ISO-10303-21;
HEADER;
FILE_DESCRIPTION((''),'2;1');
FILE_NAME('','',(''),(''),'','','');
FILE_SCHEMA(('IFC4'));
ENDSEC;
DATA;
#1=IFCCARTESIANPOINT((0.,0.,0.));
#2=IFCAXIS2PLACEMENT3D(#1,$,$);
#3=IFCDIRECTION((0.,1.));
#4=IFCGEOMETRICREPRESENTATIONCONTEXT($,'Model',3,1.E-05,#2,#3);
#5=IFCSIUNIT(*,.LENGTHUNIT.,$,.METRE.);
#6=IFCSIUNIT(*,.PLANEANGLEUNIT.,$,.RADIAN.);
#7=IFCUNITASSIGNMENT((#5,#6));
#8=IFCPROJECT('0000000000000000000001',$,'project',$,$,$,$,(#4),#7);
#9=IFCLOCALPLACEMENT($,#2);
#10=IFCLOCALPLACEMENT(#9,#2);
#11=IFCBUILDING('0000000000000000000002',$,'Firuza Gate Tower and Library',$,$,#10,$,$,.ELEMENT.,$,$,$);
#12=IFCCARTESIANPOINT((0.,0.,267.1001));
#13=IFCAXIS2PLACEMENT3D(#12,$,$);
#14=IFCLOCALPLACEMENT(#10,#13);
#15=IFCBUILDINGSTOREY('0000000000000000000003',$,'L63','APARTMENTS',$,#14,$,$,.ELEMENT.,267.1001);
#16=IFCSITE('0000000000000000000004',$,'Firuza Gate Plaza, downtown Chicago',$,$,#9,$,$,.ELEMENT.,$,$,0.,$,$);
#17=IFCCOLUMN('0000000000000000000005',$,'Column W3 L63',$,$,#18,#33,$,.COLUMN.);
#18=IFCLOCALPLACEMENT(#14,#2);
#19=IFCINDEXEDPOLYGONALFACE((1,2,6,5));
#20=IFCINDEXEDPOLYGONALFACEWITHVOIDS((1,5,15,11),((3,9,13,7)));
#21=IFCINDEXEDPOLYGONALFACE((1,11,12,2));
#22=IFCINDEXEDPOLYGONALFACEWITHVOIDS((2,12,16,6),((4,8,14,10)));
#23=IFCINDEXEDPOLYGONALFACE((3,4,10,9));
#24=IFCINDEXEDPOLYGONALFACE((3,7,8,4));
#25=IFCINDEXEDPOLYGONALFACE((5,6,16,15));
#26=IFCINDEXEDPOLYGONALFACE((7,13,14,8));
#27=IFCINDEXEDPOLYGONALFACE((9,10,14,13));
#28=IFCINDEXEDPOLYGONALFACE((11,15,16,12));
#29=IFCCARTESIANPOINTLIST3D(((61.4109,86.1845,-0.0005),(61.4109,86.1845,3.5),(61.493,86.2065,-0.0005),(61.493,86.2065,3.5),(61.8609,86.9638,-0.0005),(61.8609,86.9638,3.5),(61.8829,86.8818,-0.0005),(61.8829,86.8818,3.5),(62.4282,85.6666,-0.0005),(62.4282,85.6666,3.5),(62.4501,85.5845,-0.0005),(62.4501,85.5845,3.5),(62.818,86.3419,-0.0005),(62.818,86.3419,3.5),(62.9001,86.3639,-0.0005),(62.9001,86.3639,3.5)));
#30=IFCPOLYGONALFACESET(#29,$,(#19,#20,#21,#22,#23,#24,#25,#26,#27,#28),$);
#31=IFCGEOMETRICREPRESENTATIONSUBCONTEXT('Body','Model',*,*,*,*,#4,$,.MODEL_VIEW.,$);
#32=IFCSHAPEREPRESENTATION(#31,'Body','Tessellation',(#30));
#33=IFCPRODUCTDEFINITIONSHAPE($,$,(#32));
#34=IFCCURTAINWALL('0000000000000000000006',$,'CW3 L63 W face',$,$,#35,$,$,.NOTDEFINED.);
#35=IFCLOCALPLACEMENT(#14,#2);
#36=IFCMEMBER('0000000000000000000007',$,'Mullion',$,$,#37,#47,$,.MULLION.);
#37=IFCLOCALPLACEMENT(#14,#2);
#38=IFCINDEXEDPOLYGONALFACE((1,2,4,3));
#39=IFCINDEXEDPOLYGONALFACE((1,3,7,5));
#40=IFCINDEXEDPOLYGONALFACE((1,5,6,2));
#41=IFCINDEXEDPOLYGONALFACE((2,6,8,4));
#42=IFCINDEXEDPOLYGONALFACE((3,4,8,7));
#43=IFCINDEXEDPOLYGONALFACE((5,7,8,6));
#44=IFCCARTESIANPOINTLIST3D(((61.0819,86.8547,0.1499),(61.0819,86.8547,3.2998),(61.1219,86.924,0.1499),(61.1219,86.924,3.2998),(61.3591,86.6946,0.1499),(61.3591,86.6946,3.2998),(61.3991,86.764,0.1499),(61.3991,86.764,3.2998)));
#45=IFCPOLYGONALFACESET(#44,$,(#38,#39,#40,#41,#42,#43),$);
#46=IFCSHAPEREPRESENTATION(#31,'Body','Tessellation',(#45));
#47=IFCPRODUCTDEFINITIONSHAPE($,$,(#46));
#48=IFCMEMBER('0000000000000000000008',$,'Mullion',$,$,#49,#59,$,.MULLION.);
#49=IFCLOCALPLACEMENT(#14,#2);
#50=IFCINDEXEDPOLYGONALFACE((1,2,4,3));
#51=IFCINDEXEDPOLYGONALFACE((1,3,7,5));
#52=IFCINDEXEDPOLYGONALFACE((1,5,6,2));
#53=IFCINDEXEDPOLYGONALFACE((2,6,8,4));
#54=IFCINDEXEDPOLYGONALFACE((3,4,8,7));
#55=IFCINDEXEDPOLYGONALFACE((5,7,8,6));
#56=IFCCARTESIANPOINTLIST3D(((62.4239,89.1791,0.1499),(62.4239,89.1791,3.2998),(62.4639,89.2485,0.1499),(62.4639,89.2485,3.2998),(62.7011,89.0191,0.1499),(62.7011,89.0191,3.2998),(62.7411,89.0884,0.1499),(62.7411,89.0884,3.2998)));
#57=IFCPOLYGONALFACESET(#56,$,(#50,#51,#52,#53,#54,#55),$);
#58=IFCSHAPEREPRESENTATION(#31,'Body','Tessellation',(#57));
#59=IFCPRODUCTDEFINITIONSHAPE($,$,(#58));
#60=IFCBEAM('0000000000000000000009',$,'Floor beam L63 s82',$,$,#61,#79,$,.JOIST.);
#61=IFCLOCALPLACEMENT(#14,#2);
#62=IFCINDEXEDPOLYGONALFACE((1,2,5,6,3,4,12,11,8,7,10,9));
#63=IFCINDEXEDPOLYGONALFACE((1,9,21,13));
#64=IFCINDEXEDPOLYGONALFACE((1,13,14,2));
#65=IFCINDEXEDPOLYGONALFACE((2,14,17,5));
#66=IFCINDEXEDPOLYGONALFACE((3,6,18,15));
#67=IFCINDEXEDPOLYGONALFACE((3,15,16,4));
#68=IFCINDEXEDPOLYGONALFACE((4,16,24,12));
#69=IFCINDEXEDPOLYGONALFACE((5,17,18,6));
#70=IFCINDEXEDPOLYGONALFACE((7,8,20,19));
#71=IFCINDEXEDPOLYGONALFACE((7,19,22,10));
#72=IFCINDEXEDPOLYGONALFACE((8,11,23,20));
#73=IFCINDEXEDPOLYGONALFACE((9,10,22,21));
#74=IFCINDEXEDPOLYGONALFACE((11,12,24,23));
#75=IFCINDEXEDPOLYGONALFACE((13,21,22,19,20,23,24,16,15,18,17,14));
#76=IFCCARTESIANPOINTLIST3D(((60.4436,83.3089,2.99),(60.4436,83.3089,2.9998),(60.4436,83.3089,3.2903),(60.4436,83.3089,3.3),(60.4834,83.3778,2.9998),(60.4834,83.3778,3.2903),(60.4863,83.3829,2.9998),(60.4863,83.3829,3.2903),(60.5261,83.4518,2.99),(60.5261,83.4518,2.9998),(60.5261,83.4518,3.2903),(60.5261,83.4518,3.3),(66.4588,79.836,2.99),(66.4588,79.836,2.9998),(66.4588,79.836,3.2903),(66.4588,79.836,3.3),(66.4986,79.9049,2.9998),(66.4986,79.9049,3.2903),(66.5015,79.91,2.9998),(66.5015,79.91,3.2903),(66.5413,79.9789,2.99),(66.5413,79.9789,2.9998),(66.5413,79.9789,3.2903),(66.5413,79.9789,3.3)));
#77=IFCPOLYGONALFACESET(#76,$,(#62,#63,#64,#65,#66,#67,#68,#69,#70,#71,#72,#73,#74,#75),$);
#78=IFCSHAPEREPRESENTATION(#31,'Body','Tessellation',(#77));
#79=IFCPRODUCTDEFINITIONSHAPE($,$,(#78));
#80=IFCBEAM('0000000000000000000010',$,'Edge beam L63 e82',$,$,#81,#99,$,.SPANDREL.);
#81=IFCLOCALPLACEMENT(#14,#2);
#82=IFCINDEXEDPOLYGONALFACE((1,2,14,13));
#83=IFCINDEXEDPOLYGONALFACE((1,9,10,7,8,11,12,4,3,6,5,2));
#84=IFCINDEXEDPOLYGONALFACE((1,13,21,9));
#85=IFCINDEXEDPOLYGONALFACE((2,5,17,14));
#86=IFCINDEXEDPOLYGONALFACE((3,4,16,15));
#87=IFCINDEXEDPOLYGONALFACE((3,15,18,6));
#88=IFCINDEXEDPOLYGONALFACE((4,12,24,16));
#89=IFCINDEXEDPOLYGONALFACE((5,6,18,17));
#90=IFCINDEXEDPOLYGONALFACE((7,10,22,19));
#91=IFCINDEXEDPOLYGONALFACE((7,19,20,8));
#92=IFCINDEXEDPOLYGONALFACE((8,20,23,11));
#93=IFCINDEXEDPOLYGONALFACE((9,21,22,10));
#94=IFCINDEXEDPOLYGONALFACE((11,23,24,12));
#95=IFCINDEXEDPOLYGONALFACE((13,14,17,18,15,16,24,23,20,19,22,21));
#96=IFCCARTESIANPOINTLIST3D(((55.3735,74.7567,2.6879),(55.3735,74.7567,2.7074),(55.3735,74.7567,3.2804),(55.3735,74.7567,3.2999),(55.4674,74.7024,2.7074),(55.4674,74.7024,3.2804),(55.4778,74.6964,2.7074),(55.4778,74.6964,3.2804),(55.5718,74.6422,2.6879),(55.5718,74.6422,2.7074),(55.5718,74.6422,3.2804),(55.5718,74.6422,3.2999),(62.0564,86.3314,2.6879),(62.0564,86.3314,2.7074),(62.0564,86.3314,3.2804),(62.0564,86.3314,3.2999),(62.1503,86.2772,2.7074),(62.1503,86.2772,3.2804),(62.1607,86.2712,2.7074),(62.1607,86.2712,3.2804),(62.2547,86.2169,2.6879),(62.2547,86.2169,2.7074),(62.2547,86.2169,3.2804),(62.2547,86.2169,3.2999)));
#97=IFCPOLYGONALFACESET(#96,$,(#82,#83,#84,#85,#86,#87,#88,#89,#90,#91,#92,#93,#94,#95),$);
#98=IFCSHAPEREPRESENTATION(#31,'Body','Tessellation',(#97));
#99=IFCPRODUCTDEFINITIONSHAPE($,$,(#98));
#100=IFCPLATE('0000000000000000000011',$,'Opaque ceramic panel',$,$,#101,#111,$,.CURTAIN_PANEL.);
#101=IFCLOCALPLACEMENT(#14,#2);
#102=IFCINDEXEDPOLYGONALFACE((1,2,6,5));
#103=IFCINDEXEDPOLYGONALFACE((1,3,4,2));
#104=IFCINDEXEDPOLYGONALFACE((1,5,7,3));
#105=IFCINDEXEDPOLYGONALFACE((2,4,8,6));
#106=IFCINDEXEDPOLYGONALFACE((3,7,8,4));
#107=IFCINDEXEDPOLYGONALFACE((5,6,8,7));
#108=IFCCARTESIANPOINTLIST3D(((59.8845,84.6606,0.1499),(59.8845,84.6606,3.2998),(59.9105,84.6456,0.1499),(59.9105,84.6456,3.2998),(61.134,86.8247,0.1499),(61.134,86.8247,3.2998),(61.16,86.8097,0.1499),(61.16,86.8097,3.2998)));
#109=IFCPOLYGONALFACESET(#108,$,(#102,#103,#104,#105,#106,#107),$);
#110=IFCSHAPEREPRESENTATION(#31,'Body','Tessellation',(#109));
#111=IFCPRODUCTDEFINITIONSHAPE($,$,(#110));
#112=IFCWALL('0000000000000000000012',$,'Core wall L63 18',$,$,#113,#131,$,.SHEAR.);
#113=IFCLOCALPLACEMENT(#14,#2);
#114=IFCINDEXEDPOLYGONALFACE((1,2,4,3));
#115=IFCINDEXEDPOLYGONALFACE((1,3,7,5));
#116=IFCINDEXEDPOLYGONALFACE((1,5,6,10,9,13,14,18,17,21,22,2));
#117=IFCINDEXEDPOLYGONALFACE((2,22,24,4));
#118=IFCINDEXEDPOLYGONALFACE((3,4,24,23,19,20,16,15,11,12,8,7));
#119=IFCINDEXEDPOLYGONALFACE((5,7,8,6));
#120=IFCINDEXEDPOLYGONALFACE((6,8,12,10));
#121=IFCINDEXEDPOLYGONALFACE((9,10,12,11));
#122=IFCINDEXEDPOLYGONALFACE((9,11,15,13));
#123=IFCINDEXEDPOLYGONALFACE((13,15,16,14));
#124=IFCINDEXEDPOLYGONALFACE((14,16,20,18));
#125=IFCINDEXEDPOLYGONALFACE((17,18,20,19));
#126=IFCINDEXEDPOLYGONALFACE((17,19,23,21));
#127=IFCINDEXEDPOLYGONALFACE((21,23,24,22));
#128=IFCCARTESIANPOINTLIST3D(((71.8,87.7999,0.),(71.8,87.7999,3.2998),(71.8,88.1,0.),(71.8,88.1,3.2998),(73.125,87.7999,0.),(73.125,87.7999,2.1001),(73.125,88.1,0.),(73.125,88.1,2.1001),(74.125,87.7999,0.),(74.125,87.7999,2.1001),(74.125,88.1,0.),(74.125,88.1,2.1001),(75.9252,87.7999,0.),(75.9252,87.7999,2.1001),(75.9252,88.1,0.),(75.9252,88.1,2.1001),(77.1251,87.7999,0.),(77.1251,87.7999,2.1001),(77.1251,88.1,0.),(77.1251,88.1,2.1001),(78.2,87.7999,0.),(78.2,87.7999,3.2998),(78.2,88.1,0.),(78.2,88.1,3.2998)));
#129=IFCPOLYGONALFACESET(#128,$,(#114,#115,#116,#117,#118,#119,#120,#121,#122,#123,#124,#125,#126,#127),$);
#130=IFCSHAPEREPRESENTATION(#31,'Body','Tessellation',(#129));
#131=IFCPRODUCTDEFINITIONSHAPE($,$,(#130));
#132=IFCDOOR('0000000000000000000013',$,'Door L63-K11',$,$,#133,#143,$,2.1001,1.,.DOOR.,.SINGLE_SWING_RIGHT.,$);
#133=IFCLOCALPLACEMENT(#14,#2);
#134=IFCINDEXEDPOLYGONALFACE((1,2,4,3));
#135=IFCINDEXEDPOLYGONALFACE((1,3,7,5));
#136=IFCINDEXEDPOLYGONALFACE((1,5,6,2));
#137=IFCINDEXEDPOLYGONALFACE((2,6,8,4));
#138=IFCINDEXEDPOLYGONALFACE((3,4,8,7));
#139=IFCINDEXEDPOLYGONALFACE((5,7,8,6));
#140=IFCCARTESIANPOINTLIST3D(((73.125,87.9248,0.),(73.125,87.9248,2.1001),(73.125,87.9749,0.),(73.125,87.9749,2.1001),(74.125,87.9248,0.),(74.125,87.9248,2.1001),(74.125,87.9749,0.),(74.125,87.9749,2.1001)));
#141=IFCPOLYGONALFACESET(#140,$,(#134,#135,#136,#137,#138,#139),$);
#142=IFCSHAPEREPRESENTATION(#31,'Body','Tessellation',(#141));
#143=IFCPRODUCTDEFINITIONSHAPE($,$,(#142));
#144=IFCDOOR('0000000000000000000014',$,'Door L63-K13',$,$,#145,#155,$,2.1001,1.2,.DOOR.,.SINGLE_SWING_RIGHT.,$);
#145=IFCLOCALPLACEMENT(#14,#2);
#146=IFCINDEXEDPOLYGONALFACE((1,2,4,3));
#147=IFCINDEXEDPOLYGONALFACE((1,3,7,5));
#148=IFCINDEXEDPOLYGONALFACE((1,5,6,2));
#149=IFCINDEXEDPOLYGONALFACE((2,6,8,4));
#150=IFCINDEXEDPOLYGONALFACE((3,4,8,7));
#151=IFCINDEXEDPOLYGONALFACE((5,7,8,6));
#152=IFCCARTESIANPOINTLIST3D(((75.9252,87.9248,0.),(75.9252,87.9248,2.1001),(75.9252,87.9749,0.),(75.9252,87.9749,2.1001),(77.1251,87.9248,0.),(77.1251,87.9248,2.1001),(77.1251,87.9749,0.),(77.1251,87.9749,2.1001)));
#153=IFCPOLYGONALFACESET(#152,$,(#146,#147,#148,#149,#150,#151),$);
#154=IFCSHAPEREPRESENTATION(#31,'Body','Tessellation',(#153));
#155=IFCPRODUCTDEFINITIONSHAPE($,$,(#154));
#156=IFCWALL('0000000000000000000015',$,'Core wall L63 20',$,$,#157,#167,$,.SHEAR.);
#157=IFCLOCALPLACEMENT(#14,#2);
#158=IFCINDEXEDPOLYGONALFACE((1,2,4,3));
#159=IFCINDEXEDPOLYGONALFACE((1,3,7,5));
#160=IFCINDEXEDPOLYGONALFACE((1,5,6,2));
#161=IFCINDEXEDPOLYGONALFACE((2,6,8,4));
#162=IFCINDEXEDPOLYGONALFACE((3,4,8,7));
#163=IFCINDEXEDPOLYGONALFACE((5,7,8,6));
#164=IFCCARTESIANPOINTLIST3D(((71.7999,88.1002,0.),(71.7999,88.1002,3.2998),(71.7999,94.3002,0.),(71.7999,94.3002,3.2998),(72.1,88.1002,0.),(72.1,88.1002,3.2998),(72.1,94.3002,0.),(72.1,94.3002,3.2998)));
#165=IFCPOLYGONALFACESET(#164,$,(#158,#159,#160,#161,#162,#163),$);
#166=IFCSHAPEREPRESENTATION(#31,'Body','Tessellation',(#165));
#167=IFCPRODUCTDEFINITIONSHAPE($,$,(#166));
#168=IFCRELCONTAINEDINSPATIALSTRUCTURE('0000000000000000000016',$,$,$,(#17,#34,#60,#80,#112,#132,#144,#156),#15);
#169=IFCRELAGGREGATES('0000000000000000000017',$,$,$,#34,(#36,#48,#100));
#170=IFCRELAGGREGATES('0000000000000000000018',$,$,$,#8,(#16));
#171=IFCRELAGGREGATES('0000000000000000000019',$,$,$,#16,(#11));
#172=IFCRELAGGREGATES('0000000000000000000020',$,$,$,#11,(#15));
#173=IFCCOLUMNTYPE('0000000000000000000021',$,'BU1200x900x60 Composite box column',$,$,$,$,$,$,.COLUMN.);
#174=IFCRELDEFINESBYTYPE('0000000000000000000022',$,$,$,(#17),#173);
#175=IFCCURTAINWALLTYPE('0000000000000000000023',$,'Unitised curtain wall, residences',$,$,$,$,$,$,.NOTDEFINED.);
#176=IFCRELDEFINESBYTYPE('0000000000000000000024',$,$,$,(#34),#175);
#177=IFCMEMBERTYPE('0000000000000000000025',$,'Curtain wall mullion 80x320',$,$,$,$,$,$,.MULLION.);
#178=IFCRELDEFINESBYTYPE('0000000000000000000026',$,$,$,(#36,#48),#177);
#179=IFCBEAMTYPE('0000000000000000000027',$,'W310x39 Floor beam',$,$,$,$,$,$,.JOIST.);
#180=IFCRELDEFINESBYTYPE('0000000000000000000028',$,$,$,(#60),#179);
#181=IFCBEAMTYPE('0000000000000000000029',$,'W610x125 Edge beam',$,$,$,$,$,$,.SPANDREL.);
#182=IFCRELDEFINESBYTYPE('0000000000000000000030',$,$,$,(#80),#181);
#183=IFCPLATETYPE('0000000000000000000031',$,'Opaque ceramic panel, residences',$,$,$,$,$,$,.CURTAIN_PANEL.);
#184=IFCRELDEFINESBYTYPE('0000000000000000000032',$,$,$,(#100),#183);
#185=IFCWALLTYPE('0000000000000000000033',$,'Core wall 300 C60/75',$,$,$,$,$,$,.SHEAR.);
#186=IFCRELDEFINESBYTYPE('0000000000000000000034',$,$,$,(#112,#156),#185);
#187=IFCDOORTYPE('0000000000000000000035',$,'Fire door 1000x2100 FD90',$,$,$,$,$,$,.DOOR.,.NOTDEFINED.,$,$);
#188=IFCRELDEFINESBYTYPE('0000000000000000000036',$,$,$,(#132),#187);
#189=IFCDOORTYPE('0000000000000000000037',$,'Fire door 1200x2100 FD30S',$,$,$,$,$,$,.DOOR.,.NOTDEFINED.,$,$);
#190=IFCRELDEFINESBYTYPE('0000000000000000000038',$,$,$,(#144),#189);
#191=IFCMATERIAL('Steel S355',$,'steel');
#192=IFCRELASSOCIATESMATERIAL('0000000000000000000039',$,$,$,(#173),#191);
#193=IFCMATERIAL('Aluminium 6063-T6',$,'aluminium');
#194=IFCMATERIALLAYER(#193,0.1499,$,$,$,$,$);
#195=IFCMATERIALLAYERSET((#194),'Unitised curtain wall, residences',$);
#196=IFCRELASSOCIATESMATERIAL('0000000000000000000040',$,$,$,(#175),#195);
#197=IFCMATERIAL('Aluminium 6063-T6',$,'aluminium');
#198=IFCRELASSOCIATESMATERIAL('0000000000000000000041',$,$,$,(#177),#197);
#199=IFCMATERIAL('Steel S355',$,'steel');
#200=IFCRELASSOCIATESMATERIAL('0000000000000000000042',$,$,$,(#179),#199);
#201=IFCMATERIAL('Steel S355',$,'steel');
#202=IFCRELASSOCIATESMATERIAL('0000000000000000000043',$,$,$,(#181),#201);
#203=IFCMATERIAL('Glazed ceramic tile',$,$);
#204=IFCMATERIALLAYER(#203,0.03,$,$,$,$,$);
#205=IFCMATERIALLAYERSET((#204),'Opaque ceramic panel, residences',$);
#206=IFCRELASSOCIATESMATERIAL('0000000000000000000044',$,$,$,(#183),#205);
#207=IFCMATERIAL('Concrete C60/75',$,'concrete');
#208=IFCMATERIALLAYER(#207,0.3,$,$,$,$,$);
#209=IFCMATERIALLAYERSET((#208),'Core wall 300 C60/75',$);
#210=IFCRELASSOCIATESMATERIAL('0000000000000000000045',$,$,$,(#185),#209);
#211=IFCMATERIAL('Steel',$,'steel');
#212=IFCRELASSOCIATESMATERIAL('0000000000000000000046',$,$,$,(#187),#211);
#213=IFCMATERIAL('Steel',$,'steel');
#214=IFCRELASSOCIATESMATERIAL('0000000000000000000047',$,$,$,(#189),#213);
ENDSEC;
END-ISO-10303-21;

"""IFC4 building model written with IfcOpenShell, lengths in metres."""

from ifc_helpers import new_model, si_unit, direction, frame, frame_2d, origin, origin_2d, place, context, subcontext, project, spatial, polyline, rectangle, hollow_rectangle, i_section, outline, extrude, material, layer, layer_set, material_profile, profile_set, type_object, element, fill, aggregate, save


model = new_model("IFC4")

# Units and contexts
model_context = context("Model", 3, precision=1e-05, world=origin(), true_north=direction((0.0, 1.0)))
body_context = subcontext(model_context, "Body", "Model", "MODEL_VIEW")
ifc_project = project(units=[si_unit("LENGTHUNIT", "METRE"), si_unit("PLANEANGLEUNIT", "RADIAN")], contexts=[model_context])

# Site, building, storey
site_placement = place(None, origin())
site = spatial("IfcSite", under=ifc_project, at=site_placement, Name="Firuza Gate Plaza, downtown Chicago", CompositionType="ELEMENT", RefElevation=0.0)
building_placement = place(site_placement, origin())
building = spatial("IfcBuilding", under=site, at=building_placement, Name="Firuza Gate Tower and Library", CompositionType="ELEMENT")
storey_placement = place(building_placement, frame((0.0, 0.0, 267.1001)))
storey = spatial("IfcBuildingStorey", under=building, at=storey_placement, Name="L63", Description="APARTMENTS", CompositionType="ELEMENT", Elevation=267.1001)

# Column
ifc_material_1 = material(Name="Steel S355", Category="steel")
ifc_material_profile_1 = material_profile(ifc_material_1, hollow_rectangle(XDim=0.8999, YDim=1.2, WallThickness=0.0601, at=origin_2d()))
ifc_profile_set_1 = profile_set([ifc_material_profile_1], Name="Steel S355")
column_type = type_object("IfcColumnType", Name="BU1200x900x60 Composite box column", PredefinedType="COLUMN", material=ifc_profile_set_1)
column_placement = place(storey_placement, frame((62.1555, 86.2742, -0.0005), z_axis=(0.0, 0.0, 1.0), x_axis=(-0.5, -0.866025, 0.0)))
element("IfcColumn", 1, at=column_placement, inside=storey, type_object=column_type, Name="Column W3 L63", PredefinedType="COLUMN", context=body_context, shape_type="SweptSolid", body=[
    extrude(hollow_rectangle(XDim=0.8999, YDim=1.2, WallThickness=0.0601, at=origin_2d()), origin(), (0.0, 0.0, 1.0), 3.5005),
])

# Curtain wall, members
ifc_material_2 = material(Name="Aluminium 6063-T6", Category="aluminium")
ifc_layer_1 = layer(ifc_material_2, 0.1499)
ifc_layer_set_1 = layer_set([ifc_layer_1], Name="Unitised curtain wall, residences")
curtain_wall_type = type_object("IfcCurtainWallType", Name="Unitised curtain wall, residences", PredefinedType="NOTDEFINED", material=ifc_layer_set_1)
placement = place(storey_placement, origin())
curtain_wall = element("IfcCurtainWall", 2, at=placement, inside=storey, type_object=curtain_wall_type, Name="CW3 L63 W face", PredefinedType="NOTDEFINED")
ifc_material_3 = material(Name="Aluminium 6063-T6", Category="aluminium")
ifc_material_profile_2 = material_profile(ifc_material_3, rectangle(XDim=0.3201, YDim=0.0801, at=origin_2d()))
ifc_profile_set_2 = profile_set([ifc_material_profile_2], Name="Aluminium 6063-T6")
member_type = type_object("IfcMemberType", Name="Curtain wall mullion 80x320", PredefinedType="MULLION", material=ifc_profile_set_2)
member_1_placement = place(storey_placement, frame((61.2405, 86.8093, 0.1499), z_axis=(0.0, 0.0, 1.0), x_axis=(0.866025, -0.5, 0.0)))
member_1 = element("IfcMember", 3, at=member_1_placement, type_object=member_type, Name="Mullion", PredefinedType="MULLION", context=body_context, shape_type="SweptSolid", body=[
    extrude(rectangle(XDim=0.3201, YDim=0.0801, at=origin_2d()), origin(), (0.0, 0.0, 1.0), 3.1499),
])
member_2_placement = place(storey_placement, frame((62.5825, 89.1338, 0.1499), z_axis=(0.0, 0.0, 1.0), x_axis=(0.866025, -0.5, 0.0)))
member_2 = element("IfcMember", 4, at=member_2_placement, type_object=member_type, Name="Mullion", PredefinedType="MULLION", context=body_context, shape_type="SweptSolid", body=[
    extrude(rectangle(XDim=0.3201, YDim=0.0801, at=origin_2d()), origin(), (0.0, 0.0, 1.0), 3.1499),
])

# Beams
ifc_material_4 = material(Name="Steel S355", Category="steel")
ifc_material_profile_3 = material_profile(ifc_material_4, i_section(OverallWidth=0.165, OverallDepth=0.3101, WebThickness=0.0059, FlangeThickness=0.0098, at=origin_2d()))
ifc_profile_set_3 = profile_set([ifc_material_profile_3], Name="Steel S355")
beam_type_1 = type_object("IfcBeamType", Name="W310x39 Floor beam", PredefinedType="JOIST", material=ifc_profile_set_3)
beam_1_placement = place(storey_placement, frame((60.4849, 83.3804, 3.145), z_axis=(0.866022, -0.500006, 0.0), x_axis=(0.500006, 0.866022, 0.0)))
element("IfcBeam", 5, at=beam_1_placement, inside=storey, type_object=beam_type_1, Name="Floor beam L63 s82", PredefinedType="JOIST", context=body_context, shape_type="SweptSolid", body=[
    extrude(i_section(OverallWidth=0.165, OverallDepth=0.3101, WebThickness=0.0059, FlangeThickness=0.0098, at=origin_2d()), origin(), (0.0, 0.0, 1.0), 6.9458),
])
ifc_material_5 = material(Name="Steel S355", Category="steel")
ifc_material_profile_4 = material_profile(ifc_material_5, i_section(OverallWidth=0.229, OverallDepth=0.6121, WebThickness=0.012, FlangeThickness=0.0195, at=origin_2d()))
ifc_profile_set_4 = profile_set([ifc_material_profile_4], Name="Steel S355")
beam_type_2 = type_object("IfcBeamType", Name="W610x125 Edge beam", PredefinedType="SPANDREL", material=ifc_profile_set_4)
beam_2_placement = place(storey_placement, frame((62.1555, 86.2742, 2.9939), z_axis=(-0.500011, -0.866019, 0.0), x_axis=(0.866019, -0.500011, 0.0)))
element("IfcBeam", 6, at=beam_2_placement, inside=storey, type_object=beam_type_2, Name="Edge beam L63 e82", PredefinedType="SPANDREL", context=body_context, shape_type="SweptSolid", body=[
    extrude(i_section(OverallWidth=0.229, OverallDepth=0.6121, WebThickness=0.012, FlangeThickness=0.0195, at=origin_2d()), origin(), (0.0, 0.0, 1.0), 13.3655),
])

# Plate
ifc_material_6 = material(Name="Glazed ceramic tile")
ifc_layer_2 = layer(ifc_material_6, 0.03)
ifc_layer_set_2 = layer_set([ifc_layer_2], Name="Opaque ceramic panel, residences")
plate_type = type_object("IfcPlateType", Name="Opaque ceramic panel, residences", PredefinedType="CURTAIN_PANEL", material=ifc_layer_set_2)
plate_placement = place(storey_placement, frame((61.134, 86.8247, 0.1499), z_axis=(-0.86601, 0.500027, 0.0), x_axis=(-0.500027, -0.86601, 0.0)))
plate = element("IfcPlate", 7, at=plate_placement, type_object=plate_type, Name="Opaque ceramic panel", PredefinedType="CURTAIN_PANEL", context=body_context, shape_type="SweptSolid", body=[
    extrude(outline(polyline([(0.0, 0.0), (2.4989, 0.0), (2.4989, 3.1499), (0.0, 3.1499), (0.0, 0.0)])), origin(), (0.0, 0.0, -1.0), 0.03),
])
aggregate(curtain_wall, [member_1, member_2, plate])

# Wall, openings, doors
ifc_material_7 = material(Name="Concrete C60/75", Category="concrete")
ifc_layer_3 = layer(ifc_material_7, 0.3)
ifc_layer_set_3 = layer_set([ifc_layer_3], Name="Core wall 300 C60/75")
wall_type_1 = type_object("IfcWallType", Name="Core wall 300 C60/75", PredefinedType="SHEAR", material=ifc_layer_set_3)
wall_1_placement = place(storey_placement, frame((71.8, 87.95, 0.0), z_axis=(0.0, 0.0, 1.0), x_axis=(1.0, 0.0, 0.0)))
wall_1 = element("IfcWall", 8, at=wall_1_placement, inside=storey, type_object=wall_type_1, Name="Core wall L63 18", PredefinedType="SHEAR", context=body_context, shape_type="SweptSolid", body=[
    extrude(rectangle(XDim=6.3999, YDim=0.3, at=frame_2d((3.2, 0.0))), origin(), (0.0, 0.0, 1.0), 3.2998),
])
opening_1_placement = place(wall_1_placement, frame((1.325, 0.0, 0.0)))
opening_1 = element("IfcOpeningElement", 9, at=opening_1_placement, cuts=wall_1, PredefinedType="OPENING", context=body_context, shape_type="SweptSolid", body=[
    extrude(rectangle(XDim=1.0, YDim=2.1001, at=frame_2d((0.5, 1.05))), frame((0.0, 0.1602, 0.0), z_axis=(0.0, -1.0, 0.0), x_axis=(1.0, 0.0, 0.0)), (0.0, 0.0, 1.0), 0.3201),
])
opening_2_placement = place(wall_1_placement, frame((4.125, 0.0, 0.0)))
opening_2 = element("IfcOpeningElement", 10, at=opening_2_placement, cuts=wall_1, PredefinedType="OPENING", context=body_context, shape_type="SweptSolid", body=[
    extrude(rectangle(XDim=1.2, YDim=2.1001, at=frame_2d((0.6001, 1.05))), frame((0.0, 0.1602, 0.0), z_axis=(0.0, -1.0, 0.0), x_axis=(1.0, 0.0, 0.0)), (0.0, 0.0, 1.0), 0.3201),
])
ifc_material_8 = material(Name="Steel", Category="steel")
door_type_1 = type_object("IfcDoorType", Name="Fire door 1000x2100 FD90", OperationType="NOTDEFINED", PredefinedType="DOOR", material=ifc_material_8)
door_1_placement = place(opening_1_placement, origin())
door_1 = element("IfcDoor", 11, at=door_1_placement, inside=storey, type_object=door_type_1, Name="Door L63-K11", OperationType="SINGLE_SWING_RIGHT", OverallHeight=2.1001, OverallWidth=1.0, PredefinedType="DOOR", context=body_context, shape_type="SweptSolid", body=[
    extrude(rectangle(XDim=1.0, YDim=2.1001, at=frame_2d((0.5, 1.05))), frame((0.0, 0.0249, 0.0), z_axis=(0.0, -1.0, 0.0), x_axis=(1.0, 0.0, 0.0)), (0.0, 0.0, 1.0), 0.05),
])
fill(opening_1, door_1)
ifc_material_9 = material(Name="Steel", Category="steel")
door_type_2 = type_object("IfcDoorType", Name="Fire door 1200x2100 FD30S", OperationType="NOTDEFINED", PredefinedType="DOOR", material=ifc_material_9)
door_2_placement = place(opening_2_placement, origin())
door_2 = element("IfcDoor", 12, at=door_2_placement, inside=storey, type_object=door_type_2, Name="Door L63-K13", OperationType="SINGLE_SWING_RIGHT", OverallHeight=2.1001, OverallWidth=1.2, PredefinedType="DOOR", context=body_context, shape_type="SweptSolid", body=[
    extrude(rectangle(XDim=1.2, YDim=2.1001, at=frame_2d((0.6001, 1.05))), frame((0.0, 0.0249, 0.0), z_axis=(0.0, -1.0, 0.0), x_axis=(1.0, 0.0, 0.0)), (0.0, 0.0, 1.0), 0.05),
])
fill(opening_2, door_2)

# Wall
wall_2_placement = place(storey_placement, frame((71.95, 88.1001, 0.0), z_axis=(0.0, 0.0, 1.0), x_axis=(0.0, 1.0, 0.0)))
element("IfcWall", 13, at=wall_2_placement, inside=storey, type_object=wall_type_1, Name="Core wall L63 20", PredefinedType="SHEAR", context=body_context, shape_type="SweptSolid", body=[
    extrude(rectangle(XDim=6.2, YDim=0.3, at=frame_2d((3.1001, 0.0))), origin(), (0.0, 0.0, 1.0), 3.2998),
])

save(model, "model.ifc")
